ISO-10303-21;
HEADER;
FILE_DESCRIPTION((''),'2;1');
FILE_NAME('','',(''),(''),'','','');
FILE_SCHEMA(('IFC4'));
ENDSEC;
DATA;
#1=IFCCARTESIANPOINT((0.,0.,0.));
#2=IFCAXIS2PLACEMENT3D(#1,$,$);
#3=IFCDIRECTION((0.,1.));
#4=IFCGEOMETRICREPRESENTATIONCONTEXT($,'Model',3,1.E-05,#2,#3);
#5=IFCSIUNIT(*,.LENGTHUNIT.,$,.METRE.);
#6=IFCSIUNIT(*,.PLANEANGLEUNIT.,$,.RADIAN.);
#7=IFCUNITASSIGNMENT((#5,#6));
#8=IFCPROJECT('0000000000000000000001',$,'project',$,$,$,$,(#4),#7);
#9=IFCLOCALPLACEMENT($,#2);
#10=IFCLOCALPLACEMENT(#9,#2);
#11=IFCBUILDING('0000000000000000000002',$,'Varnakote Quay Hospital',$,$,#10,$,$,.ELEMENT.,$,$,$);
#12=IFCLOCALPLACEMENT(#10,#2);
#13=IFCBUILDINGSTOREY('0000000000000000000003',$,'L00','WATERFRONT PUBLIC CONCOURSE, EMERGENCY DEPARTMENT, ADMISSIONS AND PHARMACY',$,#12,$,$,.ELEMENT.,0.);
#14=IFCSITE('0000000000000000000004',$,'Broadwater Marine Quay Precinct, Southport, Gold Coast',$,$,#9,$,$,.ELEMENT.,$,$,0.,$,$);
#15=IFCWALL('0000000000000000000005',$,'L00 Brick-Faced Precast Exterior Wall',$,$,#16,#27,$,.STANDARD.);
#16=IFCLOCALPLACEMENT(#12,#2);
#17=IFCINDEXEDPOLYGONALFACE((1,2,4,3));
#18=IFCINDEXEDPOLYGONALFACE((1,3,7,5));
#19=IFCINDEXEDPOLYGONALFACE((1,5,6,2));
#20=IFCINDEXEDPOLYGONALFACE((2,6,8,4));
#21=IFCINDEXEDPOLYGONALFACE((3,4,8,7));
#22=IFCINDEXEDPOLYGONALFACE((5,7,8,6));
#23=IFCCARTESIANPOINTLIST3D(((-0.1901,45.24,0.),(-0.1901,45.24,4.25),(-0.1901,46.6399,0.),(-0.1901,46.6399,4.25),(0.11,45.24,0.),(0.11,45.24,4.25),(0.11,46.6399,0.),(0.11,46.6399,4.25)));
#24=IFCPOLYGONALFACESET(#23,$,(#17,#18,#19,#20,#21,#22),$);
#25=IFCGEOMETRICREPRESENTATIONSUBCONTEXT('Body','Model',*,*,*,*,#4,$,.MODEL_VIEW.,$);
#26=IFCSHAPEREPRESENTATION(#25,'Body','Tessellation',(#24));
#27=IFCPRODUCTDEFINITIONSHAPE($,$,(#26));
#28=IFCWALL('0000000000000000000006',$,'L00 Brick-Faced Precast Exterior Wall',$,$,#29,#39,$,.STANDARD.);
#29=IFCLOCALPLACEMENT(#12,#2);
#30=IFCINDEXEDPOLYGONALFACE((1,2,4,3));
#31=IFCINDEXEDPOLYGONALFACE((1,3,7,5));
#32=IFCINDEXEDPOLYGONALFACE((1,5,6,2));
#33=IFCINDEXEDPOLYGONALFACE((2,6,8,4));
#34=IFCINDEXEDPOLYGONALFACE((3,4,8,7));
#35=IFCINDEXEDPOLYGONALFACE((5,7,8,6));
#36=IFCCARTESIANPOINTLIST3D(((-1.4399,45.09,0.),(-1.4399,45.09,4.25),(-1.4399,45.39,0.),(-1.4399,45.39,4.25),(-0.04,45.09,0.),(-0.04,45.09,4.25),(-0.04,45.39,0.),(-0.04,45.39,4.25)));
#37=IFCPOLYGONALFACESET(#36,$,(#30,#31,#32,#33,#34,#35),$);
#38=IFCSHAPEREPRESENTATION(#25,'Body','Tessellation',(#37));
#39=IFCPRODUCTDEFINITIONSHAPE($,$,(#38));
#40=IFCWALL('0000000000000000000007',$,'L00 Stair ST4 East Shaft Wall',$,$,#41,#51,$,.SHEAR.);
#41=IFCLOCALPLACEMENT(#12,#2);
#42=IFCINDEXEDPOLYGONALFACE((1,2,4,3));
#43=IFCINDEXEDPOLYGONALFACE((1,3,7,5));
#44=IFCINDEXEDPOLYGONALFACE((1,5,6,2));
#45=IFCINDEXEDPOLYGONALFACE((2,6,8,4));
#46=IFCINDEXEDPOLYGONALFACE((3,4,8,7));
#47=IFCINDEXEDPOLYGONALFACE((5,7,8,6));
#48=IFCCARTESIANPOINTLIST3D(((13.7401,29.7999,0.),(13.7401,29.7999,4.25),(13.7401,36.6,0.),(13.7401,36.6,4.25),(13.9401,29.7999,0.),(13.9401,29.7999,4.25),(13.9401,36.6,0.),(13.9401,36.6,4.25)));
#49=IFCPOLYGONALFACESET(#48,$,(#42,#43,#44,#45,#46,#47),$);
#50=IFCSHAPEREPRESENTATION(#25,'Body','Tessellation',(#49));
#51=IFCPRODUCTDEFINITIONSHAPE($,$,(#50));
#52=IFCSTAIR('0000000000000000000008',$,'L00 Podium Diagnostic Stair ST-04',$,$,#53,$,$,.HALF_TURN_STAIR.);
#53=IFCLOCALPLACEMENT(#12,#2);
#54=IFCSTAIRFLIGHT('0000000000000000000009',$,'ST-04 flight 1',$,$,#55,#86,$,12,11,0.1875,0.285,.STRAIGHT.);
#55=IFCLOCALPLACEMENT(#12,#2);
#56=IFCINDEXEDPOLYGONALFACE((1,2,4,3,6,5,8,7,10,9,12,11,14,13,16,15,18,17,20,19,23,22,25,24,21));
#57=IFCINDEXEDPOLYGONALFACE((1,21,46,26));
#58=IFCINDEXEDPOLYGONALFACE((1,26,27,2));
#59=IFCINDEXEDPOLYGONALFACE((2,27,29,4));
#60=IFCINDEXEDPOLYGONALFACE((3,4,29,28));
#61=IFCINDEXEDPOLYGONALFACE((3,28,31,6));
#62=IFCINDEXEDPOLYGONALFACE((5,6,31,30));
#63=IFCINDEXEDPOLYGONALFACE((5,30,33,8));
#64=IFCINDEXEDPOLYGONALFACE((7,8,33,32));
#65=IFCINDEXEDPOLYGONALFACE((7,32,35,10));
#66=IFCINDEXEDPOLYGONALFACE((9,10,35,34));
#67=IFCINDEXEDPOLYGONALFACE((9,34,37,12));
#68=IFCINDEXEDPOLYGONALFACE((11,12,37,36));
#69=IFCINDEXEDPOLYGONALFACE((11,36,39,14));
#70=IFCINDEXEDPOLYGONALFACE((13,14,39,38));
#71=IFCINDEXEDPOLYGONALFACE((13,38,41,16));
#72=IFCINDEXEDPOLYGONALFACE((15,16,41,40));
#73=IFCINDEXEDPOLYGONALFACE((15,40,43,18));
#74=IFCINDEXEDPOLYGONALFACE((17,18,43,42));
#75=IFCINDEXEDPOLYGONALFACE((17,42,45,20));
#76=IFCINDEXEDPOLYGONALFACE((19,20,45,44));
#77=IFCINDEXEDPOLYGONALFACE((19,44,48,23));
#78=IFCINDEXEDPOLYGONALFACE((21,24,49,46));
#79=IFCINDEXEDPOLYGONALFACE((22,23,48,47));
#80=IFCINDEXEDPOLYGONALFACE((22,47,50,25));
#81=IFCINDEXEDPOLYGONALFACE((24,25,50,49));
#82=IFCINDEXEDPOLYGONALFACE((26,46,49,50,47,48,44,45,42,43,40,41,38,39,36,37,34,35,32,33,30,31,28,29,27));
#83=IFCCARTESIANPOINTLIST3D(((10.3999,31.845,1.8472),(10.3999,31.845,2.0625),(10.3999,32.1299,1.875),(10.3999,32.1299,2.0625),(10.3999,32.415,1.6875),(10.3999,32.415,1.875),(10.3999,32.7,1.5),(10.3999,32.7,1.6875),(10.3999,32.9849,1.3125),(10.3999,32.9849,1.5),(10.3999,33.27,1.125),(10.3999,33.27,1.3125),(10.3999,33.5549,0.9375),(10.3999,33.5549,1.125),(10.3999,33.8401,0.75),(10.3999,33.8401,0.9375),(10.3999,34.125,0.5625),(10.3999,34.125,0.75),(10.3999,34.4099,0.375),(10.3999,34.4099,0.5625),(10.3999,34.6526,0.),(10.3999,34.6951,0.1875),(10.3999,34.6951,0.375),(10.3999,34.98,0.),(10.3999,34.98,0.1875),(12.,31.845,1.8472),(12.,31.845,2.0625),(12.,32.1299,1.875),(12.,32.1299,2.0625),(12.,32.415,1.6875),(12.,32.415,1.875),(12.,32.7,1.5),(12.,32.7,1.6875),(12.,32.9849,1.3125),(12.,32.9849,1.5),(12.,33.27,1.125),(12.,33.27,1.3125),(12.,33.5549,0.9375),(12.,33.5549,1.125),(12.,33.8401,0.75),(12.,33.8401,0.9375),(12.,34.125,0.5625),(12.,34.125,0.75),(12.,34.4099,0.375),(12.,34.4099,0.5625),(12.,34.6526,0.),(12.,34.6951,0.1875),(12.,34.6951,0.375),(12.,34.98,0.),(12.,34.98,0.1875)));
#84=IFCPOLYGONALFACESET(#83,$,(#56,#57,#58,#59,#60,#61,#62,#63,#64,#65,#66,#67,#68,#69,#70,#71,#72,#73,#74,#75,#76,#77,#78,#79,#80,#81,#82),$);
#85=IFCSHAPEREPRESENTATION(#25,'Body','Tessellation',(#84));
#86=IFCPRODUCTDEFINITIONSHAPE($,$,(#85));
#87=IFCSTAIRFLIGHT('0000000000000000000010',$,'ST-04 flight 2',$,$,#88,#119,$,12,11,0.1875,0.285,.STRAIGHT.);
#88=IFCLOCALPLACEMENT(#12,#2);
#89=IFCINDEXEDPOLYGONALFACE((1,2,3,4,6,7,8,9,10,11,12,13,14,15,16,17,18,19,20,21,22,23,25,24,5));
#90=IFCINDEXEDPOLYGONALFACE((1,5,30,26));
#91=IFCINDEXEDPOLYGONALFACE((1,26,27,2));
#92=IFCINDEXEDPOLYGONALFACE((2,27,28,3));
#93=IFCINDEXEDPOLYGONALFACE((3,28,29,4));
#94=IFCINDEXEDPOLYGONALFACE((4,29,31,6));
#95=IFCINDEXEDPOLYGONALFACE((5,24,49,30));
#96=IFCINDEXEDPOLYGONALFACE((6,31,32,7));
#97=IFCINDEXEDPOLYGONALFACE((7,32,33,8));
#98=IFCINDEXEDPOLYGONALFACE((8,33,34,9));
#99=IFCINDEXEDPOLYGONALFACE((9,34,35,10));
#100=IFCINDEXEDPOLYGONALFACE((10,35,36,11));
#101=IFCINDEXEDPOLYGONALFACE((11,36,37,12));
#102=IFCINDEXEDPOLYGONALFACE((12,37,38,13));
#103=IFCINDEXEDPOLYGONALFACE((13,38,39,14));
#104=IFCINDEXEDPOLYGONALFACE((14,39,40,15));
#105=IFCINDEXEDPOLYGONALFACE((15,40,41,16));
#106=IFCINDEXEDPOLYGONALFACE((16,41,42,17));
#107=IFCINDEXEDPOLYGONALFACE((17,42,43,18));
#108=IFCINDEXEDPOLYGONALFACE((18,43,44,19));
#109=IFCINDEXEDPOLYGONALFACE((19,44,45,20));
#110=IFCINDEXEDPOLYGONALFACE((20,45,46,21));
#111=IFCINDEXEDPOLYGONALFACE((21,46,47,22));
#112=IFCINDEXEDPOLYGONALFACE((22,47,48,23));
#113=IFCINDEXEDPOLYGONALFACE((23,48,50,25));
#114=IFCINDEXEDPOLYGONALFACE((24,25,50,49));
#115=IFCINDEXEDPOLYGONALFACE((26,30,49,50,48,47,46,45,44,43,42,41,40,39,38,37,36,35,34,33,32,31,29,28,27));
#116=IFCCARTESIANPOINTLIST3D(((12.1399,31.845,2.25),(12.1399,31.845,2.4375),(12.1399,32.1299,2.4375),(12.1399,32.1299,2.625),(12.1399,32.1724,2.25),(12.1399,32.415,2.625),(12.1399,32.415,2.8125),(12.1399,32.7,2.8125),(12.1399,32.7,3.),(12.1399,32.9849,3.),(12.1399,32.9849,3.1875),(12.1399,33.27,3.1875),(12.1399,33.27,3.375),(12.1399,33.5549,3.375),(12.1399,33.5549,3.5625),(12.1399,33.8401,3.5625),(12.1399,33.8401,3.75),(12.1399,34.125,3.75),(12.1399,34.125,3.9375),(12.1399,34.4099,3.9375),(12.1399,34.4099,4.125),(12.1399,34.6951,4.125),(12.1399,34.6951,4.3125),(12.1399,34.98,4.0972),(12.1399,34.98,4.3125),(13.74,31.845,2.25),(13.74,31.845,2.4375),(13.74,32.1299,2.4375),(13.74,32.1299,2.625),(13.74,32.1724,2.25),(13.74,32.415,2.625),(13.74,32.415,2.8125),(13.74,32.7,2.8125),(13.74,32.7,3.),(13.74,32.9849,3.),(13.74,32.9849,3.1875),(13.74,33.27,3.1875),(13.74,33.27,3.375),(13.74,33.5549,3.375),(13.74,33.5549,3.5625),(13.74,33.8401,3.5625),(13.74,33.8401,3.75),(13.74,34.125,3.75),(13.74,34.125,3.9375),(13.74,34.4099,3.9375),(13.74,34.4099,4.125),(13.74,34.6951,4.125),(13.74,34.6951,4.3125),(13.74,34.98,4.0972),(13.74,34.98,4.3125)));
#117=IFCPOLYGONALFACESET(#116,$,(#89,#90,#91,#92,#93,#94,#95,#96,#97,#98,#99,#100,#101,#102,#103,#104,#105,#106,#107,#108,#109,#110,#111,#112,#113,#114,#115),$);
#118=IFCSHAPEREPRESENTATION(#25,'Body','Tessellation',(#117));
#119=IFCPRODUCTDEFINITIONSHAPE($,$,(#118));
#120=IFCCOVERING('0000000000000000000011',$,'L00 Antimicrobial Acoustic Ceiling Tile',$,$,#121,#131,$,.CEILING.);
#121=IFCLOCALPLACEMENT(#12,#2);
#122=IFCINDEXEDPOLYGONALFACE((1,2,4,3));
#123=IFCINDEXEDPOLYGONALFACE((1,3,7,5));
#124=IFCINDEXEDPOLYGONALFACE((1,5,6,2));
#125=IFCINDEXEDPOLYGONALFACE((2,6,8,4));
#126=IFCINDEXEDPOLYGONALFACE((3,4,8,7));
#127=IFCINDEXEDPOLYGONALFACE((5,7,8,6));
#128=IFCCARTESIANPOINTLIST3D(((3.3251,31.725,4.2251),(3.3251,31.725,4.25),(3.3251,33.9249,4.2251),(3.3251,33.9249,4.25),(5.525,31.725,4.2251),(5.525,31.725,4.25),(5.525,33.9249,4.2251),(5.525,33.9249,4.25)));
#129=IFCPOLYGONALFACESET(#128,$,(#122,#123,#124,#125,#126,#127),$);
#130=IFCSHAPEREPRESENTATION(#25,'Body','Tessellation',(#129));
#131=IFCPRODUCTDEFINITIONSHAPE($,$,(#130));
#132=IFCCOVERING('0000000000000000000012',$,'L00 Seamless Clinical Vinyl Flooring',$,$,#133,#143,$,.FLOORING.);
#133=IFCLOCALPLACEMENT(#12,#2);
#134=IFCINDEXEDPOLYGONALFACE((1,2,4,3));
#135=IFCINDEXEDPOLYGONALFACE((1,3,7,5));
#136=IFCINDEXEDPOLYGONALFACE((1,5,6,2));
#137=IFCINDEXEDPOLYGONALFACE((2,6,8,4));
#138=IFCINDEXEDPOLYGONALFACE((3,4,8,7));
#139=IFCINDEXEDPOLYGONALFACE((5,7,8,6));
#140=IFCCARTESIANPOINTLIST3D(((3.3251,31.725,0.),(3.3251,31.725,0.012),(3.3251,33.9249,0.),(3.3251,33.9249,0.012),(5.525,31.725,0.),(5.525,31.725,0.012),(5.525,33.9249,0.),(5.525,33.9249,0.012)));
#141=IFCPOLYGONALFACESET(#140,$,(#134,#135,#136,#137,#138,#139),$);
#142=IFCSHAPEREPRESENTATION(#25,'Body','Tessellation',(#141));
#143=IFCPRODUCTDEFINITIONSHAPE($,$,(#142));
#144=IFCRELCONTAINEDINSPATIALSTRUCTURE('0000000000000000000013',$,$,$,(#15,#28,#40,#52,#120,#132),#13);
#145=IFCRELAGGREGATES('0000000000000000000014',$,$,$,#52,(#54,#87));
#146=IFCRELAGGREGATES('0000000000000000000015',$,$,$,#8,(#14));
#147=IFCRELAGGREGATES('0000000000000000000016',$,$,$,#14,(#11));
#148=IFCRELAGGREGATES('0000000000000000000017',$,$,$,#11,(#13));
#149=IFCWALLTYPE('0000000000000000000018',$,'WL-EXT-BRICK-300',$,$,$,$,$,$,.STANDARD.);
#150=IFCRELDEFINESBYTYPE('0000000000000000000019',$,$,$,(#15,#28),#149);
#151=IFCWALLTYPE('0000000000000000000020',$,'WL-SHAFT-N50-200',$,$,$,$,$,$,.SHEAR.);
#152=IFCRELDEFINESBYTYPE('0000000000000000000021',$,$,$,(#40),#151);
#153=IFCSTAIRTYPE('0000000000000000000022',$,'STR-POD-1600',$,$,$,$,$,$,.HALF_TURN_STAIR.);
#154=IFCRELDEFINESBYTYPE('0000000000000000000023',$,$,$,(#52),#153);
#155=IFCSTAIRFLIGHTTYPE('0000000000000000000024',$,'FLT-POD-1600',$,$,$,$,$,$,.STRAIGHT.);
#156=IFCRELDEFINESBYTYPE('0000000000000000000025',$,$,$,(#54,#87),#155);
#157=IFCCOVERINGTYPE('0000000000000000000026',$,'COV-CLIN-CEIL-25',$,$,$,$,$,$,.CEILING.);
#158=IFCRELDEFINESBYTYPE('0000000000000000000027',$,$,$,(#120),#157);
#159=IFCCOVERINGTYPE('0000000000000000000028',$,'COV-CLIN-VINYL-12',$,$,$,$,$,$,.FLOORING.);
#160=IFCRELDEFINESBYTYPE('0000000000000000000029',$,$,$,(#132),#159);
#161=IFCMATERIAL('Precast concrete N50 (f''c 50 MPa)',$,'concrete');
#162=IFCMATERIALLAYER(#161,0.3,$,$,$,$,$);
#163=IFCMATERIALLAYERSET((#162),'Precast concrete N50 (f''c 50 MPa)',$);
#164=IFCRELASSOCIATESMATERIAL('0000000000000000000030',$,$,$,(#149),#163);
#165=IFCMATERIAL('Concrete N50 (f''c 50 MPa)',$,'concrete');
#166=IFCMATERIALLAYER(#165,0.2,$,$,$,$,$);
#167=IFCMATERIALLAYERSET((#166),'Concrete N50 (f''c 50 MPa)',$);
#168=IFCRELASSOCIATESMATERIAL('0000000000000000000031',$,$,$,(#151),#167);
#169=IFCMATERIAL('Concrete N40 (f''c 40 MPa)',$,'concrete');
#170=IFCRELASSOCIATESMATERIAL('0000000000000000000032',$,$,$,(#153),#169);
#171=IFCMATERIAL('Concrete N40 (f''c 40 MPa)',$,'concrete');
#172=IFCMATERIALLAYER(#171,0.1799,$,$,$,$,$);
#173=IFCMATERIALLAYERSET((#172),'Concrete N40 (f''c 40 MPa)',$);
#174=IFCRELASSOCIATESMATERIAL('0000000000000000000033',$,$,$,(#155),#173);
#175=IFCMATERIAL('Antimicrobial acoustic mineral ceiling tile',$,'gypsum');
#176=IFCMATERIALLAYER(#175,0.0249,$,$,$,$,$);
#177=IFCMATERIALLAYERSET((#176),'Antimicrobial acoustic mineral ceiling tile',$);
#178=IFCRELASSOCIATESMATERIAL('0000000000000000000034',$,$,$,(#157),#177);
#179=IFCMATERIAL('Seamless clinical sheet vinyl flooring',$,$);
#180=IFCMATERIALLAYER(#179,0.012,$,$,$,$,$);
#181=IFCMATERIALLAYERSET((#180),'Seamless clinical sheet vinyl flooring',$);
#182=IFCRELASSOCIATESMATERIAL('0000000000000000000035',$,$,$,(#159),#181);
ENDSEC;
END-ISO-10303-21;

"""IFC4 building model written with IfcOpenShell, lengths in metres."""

from ifc_helpers import new_model, si_unit, direction, frame, frame_2d, origin, origin_2d, place, context, subcontext, project, spatial, polyline, rectangle, outline, extrude, material, layer, layer_set, type_object, element, aggregate, save


model = new_model("IFC4")

# Units and contexts
model_context = context("Model", 3, precision=1e-05, world=origin(), true_north=direction((0.0, 1.0)))
body_context = subcontext(model_context, "Body", "Model", "MODEL_VIEW")
ifc_project = project(units=[si_unit("LENGTHUNIT", "METRE"), si_unit("PLANEANGLEUNIT", "RADIAN")], contexts=[model_context])

# Site, building, storey
site_placement = place(None, origin())
site = spatial("IfcSite", under=ifc_project, at=site_placement, Name="Broadwater Marine Quay Precinct, Southport, Gold Coast", CompositionType="ELEMENT", RefElevation=0.0)
building_placement = place(site_placement, origin())
building = spatial("IfcBuilding", under=site, at=building_placement, Name="Varnakote Quay Hospital", CompositionType="ELEMENT")
storey_placement = place(building_placement, origin())
storey = spatial("IfcBuildingStorey", under=building, at=storey_placement, Name="L00", Description="WATERFRONT PUBLIC CONCOURSE, EMERGENCY DEPARTMENT, ADMISSIONS AND PHARMACY", CompositionType="ELEMENT", Elevation=0.0)

# Walls
ifc_material_1 = material(Name="Precast concrete N50 (f'c 50 MPa)", Category="concrete")
ifc_layer_1 = layer(ifc_material_1, 0.3)
ifc_layer_set_1 = layer_set([ifc_layer_1], Name="Precast concrete N50 (f'c 50 MPa)")
wall_type_1 = type_object("IfcWallType", Name="WL-EXT-BRICK-300", PredefinedType="STANDARD", material=ifc_layer_set_1)
for number, where, z_axis, x_axis, name in (
    (1, (-0.04, 46.6399, 0.0), (0.0, 0.0, 1.0), (0.0, -1.0, 0.0), "L00 Brick-Faced Precast Exterior Wall"),
    (2, (-0.04, 45.24, 0.0), (0.0, 0.0, 1.0), (-1.0, 0.0, 0.0), "L00 Brick-Faced Precast Exterior Wall"),
):
    element("IfcWall", number, at=place(storey_placement, frame(where, z_axis=z_axis, x_axis=x_axis)), inside=storey, type_object=wall_type_1, Name=name, PredefinedType="STANDARD", context=body_context, shape_type="SweptSolid", body=[
        extrude(rectangle(XDim=1.3999, YDim=0.3, at=frame_2d((0.7, 0.0))), origin(), (0.0, 0.0, 1.0), 4.25),
    ])
ifc_material_2 = material(Name="Concrete N50 (f'c 50 MPa)", Category="concrete")
ifc_layer_2 = layer(ifc_material_2, 0.2)
ifc_layer_set_2 = layer_set([ifc_layer_2], Name="Concrete N50 (f'c 50 MPa)")
wall_type_2 = type_object("IfcWallType", Name="WL-SHAFT-N50-200", PredefinedType="SHEAR", material=ifc_layer_set_2)
wall_1_placement = place(storey_placement, frame((13.8401, 29.8, 0.0), z_axis=(0.0, 0.0, 1.0), x_axis=(0.0, 1.0, 0.0)))
element("IfcWall", 3, at=wall_1_placement, inside=storey, type_object=wall_type_2, Name="L00 Stair ST4 East Shaft Wall", PredefinedType="SHEAR", context=body_context, shape_type="SweptSolid", body=[
    extrude(rectangle(XDim=6.8, YDim=0.2, at=frame_2d((3.3999, 0.0))), origin(), (0.0, 0.0, 1.0), 4.25),
])

# Stair, stair flights
ifc_material_3 = material(Name="Concrete N40 (f'c 40 MPa)", Category="concrete")
stair_type = type_object("IfcStairType", Name="STR-POD-1600", PredefinedType="HALF_TURN_STAIR", material=ifc_material_3)
stair_placement = place(storey_placement, origin())
stair = element("IfcStair", 4, at=stair_placement, inside=storey, type_object=stair_type, Name="L00 Podium Diagnostic Stair ST-04", PredefinedType="HALF_TURN_STAIR")
ifc_material_4 = material(Name="Concrete N40 (f'c 40 MPa)", Category="concrete")
ifc_layer_3 = layer(ifc_material_4, 0.1799)
ifc_layer_set_3 = layer_set([ifc_layer_3], Name="Concrete N40 (f'c 40 MPa)")
stair_flight_type = type_object("IfcStairFlightType", Name="FLT-POD-1600", PredefinedType="STRAIGHT", material=ifc_layer_set_3)
stair_flight_1_placement = place(storey_placement, frame((11.2, 34.98, 0.0), z_axis=(0.0, 0.0, 1.0), x_axis=(0.0, -1.0, 0.0)))
stair_flight_1 = element("IfcStairFlight", 5, at=stair_flight_1_placement, type_object=stair_flight_type, Name="ST-04 flight 1", NumberOfRisers=12, NumberOfTreads=11, PredefinedType="STRAIGHT", RiserHeight=0.1875, TreadLength=0.285, context=body_context, shape_type="SweptSolid", body=[
    extrude(outline(polyline([(0.0, 0.0), (0.0, 0.1875), (0.2849, 0.1875), (0.2849, 0.375), (0.5701, 0.375), (0.5701, 0.5625), (0.855, 0.5625), (0.855, 0.75), (1.1399, 0.75), (1.1399, 0.9375), (1.425, 0.9375), (1.425, 1.125), (1.71, 1.125), (1.71, 1.3125), (1.9951, 1.3125), (1.9951, 1.5), (2.28, 1.5), (2.28, 1.6875), (2.5649, 1.6875), (2.5649, 1.875), (2.8501, 1.875), (2.8501, 2.0625), (3.135, 2.0625), (3.135, 2.25), (3.135, 1.8472), (0.3274, 0.0), (0.0, 0.0)])), frame((0.0, 0.8, 0.0), z_axis=(0.0, -1.0, 0.0), x_axis=(1.0, 0.0, 0.0)), (0.0, 0.0, 1.0), 1.6001),
])
stair_flight_2_placement = place(storey_placement, frame((12.9399, 31.845, 2.25), z_axis=(0.0, 0.0, 1.0), x_axis=(0.0, 1.0, 0.0)))
stair_flight_2 = element("IfcStairFlight", 6, at=stair_flight_2_placement, type_object=stair_flight_type, Name="ST-04 flight 2", NumberOfRisers=12, NumberOfTreads=11, PredefinedType="STRAIGHT", RiserHeight=0.1875, TreadLength=0.285, context=body_context, shape_type="SweptSolid", body=[
    extrude(outline(polyline([(0.0, 0.0), (0.0, 0.1875), (0.2849, 0.1875), (0.2849, 0.375), (0.5701, 0.375), (0.5701, 0.5625), (0.855, 0.5625), (0.855, 0.75), (1.1399, 0.75), (1.1399, 0.9375), (1.425, 0.9375), (1.425, 1.125), (1.71, 1.125), (1.71, 1.3125), (1.9951, 1.3125), (1.9951, 1.5), (2.28, 1.5), (2.28, 1.6875), (2.5649, 1.6875), (2.5649, 1.875), (2.8501, 1.875), (2.8501, 2.0625), (3.135, 2.0625), (3.135, 2.25), (3.135, 1.8472), (0.3274, 0.0), (0.0, 0.0)])), frame((0.0, 0.8, 0.0), z_axis=(0.0, -1.0, 0.0), x_axis=(1.0, 0.0, 0.0)), (0.0, 0.0, 1.0), 1.6001),
])
aggregate(stair, [stair_flight_1, stair_flight_2])

# Coverings
ifc_material_5 = material(Name="Antimicrobial acoustic mineral ceiling tile", Category="gypsum")
ifc_layer_4 = layer(ifc_material_5, 0.0249)
ifc_layer_set_4 = layer_set([ifc_layer_4], Name="Antimicrobial acoustic mineral ceiling tile")
covering_type_1 = type_object("IfcCoveringType", Name="COV-CLIN-CEIL-25", PredefinedType="CEILING", material=ifc_layer_set_4)
covering_1_placement = place(storey_placement, frame((4.425, 32.825, 4.2251), z_axis=(0.0, 0.0, 1.0), x_axis=(1.0, 0.0, 0.0)))
element("IfcCovering", 7, at=covering_1_placement, inside=storey, type_object=covering_type_1, Name="L00 Antimicrobial Acoustic Ceiling Tile", PredefinedType="CEILING", context=body_context, shape_type="SweptSolid", body=[
    extrude(rectangle(XDim=2.2, YDim=2.2, at=origin_2d()), origin(), (0.0, 0.0, 1.0), 0.0249),
])
ifc_material_6 = material(Name="Seamless clinical sheet vinyl flooring")
ifc_layer_5 = layer(ifc_material_6, 0.012)
ifc_layer_set_5 = layer_set([ifc_layer_5], Name="Seamless clinical sheet vinyl flooring")
covering_type_2 = type_object("IfcCoveringType", Name="COV-CLIN-VINYL-12", PredefinedType="FLOORING", material=ifc_layer_set_5)
covering_2_placement = place(storey_placement, frame((4.425, 32.825, 0.0), z_axis=(0.0, 0.0, 1.0), x_axis=(1.0, 0.0, 0.0)))
element("IfcCovering", 8, at=covering_2_placement, inside=storey, type_object=covering_type_2, Name="L00 Seamless Clinical Vinyl Flooring", PredefinedType="FLOORING", context=body_context, shape_type="SweptSolid", body=[
    extrude(rectangle(XDim=2.2, YDim=2.2, at=origin_2d()), origin(), (0.0, 0.0, 1.0), 0.012),
])

save(model, "model.ifc")
